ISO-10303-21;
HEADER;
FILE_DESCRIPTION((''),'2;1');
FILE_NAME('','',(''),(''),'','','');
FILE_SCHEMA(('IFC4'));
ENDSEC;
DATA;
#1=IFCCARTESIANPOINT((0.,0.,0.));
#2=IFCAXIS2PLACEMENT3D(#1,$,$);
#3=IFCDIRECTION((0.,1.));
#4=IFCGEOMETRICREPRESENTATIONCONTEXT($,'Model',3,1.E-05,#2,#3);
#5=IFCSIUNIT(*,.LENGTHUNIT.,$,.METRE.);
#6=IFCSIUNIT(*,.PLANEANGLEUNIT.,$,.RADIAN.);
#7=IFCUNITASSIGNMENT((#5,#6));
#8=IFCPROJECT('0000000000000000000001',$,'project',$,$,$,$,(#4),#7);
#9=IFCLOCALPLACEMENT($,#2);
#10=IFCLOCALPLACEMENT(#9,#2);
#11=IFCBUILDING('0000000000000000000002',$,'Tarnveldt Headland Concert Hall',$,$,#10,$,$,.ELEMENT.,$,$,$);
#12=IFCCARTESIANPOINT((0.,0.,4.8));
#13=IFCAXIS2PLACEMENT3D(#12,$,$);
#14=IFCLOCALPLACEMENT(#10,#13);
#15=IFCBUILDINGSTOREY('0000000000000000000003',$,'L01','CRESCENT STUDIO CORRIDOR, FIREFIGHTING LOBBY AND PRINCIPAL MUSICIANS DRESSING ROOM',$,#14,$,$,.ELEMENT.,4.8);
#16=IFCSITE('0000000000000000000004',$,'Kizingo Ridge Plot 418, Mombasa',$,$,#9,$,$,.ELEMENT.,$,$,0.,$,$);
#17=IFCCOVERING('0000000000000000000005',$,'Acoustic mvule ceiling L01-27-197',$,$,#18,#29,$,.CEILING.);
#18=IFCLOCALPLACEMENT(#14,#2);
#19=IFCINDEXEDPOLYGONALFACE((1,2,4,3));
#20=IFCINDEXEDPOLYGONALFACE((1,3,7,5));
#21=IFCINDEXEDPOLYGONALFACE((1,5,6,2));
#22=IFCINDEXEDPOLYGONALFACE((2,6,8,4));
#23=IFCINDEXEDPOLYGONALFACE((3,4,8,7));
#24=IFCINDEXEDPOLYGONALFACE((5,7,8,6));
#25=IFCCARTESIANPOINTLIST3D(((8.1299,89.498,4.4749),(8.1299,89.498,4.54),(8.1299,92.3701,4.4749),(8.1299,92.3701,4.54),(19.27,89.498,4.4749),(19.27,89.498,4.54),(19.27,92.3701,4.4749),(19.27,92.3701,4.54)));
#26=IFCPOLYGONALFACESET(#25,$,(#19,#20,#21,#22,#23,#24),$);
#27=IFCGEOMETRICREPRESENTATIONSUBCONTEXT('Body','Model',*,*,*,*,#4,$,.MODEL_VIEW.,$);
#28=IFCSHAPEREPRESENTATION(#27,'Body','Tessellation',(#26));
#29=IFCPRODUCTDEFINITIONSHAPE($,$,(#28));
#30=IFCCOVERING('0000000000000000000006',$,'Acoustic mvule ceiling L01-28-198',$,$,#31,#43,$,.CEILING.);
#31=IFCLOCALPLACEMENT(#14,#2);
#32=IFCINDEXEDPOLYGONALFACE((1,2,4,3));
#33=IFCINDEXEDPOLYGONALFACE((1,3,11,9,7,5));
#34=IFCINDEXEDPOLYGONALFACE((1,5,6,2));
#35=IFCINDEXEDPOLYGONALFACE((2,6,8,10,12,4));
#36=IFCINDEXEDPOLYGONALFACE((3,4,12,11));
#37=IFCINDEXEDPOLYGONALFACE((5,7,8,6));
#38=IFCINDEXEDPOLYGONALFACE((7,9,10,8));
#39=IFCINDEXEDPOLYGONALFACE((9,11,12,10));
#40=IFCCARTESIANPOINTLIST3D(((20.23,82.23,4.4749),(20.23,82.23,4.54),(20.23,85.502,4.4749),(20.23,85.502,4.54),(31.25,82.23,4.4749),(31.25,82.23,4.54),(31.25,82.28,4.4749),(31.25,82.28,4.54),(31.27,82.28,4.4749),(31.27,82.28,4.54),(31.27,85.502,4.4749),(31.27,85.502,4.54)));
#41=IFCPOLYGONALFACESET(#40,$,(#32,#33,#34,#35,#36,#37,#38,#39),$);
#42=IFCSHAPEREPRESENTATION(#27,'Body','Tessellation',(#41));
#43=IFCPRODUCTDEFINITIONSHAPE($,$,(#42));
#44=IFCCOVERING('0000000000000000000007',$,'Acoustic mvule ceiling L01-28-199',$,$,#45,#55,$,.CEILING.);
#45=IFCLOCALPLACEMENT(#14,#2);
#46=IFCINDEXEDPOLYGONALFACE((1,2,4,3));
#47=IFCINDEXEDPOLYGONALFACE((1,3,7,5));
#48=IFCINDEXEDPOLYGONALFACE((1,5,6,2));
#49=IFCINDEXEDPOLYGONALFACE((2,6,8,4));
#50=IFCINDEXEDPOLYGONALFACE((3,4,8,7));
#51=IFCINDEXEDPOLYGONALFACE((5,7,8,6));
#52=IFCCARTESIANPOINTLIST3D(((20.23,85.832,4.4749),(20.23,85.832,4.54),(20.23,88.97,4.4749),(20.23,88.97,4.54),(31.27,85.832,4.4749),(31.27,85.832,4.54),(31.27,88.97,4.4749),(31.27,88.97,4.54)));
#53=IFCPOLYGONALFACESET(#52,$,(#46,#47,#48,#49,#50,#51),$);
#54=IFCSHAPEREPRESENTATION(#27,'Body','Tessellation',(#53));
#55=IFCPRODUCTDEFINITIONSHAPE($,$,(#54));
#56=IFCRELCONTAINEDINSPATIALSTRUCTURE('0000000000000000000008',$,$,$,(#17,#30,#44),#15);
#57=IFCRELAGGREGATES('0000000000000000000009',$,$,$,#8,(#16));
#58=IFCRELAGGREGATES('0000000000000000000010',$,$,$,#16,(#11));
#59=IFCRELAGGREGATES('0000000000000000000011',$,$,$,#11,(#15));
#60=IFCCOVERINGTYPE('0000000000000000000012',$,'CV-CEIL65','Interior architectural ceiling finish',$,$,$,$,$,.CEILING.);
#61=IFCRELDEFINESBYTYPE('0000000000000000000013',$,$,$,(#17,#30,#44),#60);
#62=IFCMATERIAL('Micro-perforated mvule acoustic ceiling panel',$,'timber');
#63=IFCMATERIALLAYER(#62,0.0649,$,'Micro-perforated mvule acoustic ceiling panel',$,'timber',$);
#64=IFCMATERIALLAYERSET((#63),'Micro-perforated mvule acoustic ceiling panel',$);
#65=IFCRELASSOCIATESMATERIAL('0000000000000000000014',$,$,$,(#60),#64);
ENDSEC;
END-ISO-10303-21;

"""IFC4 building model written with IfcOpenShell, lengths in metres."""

from ifc_helpers import new_model, si_unit, direction, frame, origin, place, context, subcontext, project, spatial, polyline, outline, extrude, material, layer, layer_set, type_object, element, save


model = new_model("IFC4")

# Units and contexts
model_context = context("Model", 3, precision=1e-05, world=origin(), true_north=direction((0.0, 1.0)))
body_context = subcontext(model_context, "Body", "Model", "MODEL_VIEW")
ifc_project = project(units=[si_unit("LENGTHUNIT", "METRE"), si_unit("PLANEANGLEUNIT", "RADIAN")], contexts=[model_context])

# Site, building, storey
site_placement = place(None, origin())
site = spatial("IfcSite", under=ifc_project, at=site_placement, Name="Kizingo Ridge Plot 418, Mombasa", CompositionType="ELEMENT", RefElevation=0.0)
building_placement = place(site_placement, origin())
building = spatial("IfcBuilding", under=site, at=building_placement, Name="Tarnveldt Headland Concert Hall", CompositionType="ELEMENT")
storey_placement = place(building_placement, frame((0.0, 0.0, 4.8)))
storey = spatial("IfcBuildingStorey", under=building, at=storey_placement, Name="L01", Description="CRESCENT STUDIO CORRIDOR, FIREFIGHTING LOBBY AND PRINCIPAL MUSICIANS DRESSING ROOM", CompositionType="ELEMENT", Elevation=4.8)

# Coverings
ifc_material_1 = material(Name="Micro-perforated mvule acoustic ceiling panel", Category="timber")
ifc_layer_1 = layer(ifc_material_1, 0.0649, Name="Micro-perforated mvule acoustic ceiling panel", Category="timber")
ifc_layer_set_1 = layer_set([ifc_layer_1], Name="Micro-perforated mvule acoustic ceiling panel")
covering_type_1 = type_object("IfcCoveringType", Name="CV-CEIL65", Description="Interior architectural ceiling finish", PredefinedType="CEILING", material=ifc_layer_set_1)
covering_1_placement = place(storey_placement, frame((0.0, 0.0, 4.4749)))
element("IfcCovering", 1, at=covering_1_placement, inside=storey, type_object=covering_type_1, Name="Acoustic mvule ceiling L01-27-197", PredefinedType="CEILING", context=body_context, shape_type="SweptSolid", body=[
    extrude(outline(polyline([(8.1299, 92.3701), (19.27, 92.3701), (19.27, 89.498), (8.1299, 89.498), (8.1299, 92.3701)])), origin(), (0.0, 0.0, 1.0), 0.0652),
])
covering_2_placement = place(storey_placement, frame((0.0, 0.0, 4.4749)))
element("IfcCovering", 2, at=covering_2_placement, inside=storey, type_object=covering_type_1, Name="Acoustic mvule ceiling L01-28-198", PredefinedType="CEILING", context=body_context, shape_type="SweptSolid", body=[
    extrude(outline(polyline([(20.23, 82.23), (20.23, 85.502), (31.27, 85.502), (31.27, 82.28), (31.25, 82.28), (31.25, 82.23), (20.23, 82.23)])), origin(), (0.0, 0.0, 1.0), 0.0652),
])
covering_3_placement = place(storey_placement, frame((0.0, 0.0, 4.4749)))
element("IfcCovering", 3, at=covering_3_placement, inside=storey, type_object=covering_type_1, Name="Acoustic mvule ceiling L01-28-199", PredefinedType="CEILING", context=body_context, shape_type="SweptSolid", body=[
    extrude(outline(polyline([(31.27, 88.97), (31.27, 85.832), (20.23, 85.832), (20.23, 88.97), (31.27, 88.97)])), origin(), (0.0, 0.0, 1.0), 0.0652),
])

save(model, "model.ifc")
